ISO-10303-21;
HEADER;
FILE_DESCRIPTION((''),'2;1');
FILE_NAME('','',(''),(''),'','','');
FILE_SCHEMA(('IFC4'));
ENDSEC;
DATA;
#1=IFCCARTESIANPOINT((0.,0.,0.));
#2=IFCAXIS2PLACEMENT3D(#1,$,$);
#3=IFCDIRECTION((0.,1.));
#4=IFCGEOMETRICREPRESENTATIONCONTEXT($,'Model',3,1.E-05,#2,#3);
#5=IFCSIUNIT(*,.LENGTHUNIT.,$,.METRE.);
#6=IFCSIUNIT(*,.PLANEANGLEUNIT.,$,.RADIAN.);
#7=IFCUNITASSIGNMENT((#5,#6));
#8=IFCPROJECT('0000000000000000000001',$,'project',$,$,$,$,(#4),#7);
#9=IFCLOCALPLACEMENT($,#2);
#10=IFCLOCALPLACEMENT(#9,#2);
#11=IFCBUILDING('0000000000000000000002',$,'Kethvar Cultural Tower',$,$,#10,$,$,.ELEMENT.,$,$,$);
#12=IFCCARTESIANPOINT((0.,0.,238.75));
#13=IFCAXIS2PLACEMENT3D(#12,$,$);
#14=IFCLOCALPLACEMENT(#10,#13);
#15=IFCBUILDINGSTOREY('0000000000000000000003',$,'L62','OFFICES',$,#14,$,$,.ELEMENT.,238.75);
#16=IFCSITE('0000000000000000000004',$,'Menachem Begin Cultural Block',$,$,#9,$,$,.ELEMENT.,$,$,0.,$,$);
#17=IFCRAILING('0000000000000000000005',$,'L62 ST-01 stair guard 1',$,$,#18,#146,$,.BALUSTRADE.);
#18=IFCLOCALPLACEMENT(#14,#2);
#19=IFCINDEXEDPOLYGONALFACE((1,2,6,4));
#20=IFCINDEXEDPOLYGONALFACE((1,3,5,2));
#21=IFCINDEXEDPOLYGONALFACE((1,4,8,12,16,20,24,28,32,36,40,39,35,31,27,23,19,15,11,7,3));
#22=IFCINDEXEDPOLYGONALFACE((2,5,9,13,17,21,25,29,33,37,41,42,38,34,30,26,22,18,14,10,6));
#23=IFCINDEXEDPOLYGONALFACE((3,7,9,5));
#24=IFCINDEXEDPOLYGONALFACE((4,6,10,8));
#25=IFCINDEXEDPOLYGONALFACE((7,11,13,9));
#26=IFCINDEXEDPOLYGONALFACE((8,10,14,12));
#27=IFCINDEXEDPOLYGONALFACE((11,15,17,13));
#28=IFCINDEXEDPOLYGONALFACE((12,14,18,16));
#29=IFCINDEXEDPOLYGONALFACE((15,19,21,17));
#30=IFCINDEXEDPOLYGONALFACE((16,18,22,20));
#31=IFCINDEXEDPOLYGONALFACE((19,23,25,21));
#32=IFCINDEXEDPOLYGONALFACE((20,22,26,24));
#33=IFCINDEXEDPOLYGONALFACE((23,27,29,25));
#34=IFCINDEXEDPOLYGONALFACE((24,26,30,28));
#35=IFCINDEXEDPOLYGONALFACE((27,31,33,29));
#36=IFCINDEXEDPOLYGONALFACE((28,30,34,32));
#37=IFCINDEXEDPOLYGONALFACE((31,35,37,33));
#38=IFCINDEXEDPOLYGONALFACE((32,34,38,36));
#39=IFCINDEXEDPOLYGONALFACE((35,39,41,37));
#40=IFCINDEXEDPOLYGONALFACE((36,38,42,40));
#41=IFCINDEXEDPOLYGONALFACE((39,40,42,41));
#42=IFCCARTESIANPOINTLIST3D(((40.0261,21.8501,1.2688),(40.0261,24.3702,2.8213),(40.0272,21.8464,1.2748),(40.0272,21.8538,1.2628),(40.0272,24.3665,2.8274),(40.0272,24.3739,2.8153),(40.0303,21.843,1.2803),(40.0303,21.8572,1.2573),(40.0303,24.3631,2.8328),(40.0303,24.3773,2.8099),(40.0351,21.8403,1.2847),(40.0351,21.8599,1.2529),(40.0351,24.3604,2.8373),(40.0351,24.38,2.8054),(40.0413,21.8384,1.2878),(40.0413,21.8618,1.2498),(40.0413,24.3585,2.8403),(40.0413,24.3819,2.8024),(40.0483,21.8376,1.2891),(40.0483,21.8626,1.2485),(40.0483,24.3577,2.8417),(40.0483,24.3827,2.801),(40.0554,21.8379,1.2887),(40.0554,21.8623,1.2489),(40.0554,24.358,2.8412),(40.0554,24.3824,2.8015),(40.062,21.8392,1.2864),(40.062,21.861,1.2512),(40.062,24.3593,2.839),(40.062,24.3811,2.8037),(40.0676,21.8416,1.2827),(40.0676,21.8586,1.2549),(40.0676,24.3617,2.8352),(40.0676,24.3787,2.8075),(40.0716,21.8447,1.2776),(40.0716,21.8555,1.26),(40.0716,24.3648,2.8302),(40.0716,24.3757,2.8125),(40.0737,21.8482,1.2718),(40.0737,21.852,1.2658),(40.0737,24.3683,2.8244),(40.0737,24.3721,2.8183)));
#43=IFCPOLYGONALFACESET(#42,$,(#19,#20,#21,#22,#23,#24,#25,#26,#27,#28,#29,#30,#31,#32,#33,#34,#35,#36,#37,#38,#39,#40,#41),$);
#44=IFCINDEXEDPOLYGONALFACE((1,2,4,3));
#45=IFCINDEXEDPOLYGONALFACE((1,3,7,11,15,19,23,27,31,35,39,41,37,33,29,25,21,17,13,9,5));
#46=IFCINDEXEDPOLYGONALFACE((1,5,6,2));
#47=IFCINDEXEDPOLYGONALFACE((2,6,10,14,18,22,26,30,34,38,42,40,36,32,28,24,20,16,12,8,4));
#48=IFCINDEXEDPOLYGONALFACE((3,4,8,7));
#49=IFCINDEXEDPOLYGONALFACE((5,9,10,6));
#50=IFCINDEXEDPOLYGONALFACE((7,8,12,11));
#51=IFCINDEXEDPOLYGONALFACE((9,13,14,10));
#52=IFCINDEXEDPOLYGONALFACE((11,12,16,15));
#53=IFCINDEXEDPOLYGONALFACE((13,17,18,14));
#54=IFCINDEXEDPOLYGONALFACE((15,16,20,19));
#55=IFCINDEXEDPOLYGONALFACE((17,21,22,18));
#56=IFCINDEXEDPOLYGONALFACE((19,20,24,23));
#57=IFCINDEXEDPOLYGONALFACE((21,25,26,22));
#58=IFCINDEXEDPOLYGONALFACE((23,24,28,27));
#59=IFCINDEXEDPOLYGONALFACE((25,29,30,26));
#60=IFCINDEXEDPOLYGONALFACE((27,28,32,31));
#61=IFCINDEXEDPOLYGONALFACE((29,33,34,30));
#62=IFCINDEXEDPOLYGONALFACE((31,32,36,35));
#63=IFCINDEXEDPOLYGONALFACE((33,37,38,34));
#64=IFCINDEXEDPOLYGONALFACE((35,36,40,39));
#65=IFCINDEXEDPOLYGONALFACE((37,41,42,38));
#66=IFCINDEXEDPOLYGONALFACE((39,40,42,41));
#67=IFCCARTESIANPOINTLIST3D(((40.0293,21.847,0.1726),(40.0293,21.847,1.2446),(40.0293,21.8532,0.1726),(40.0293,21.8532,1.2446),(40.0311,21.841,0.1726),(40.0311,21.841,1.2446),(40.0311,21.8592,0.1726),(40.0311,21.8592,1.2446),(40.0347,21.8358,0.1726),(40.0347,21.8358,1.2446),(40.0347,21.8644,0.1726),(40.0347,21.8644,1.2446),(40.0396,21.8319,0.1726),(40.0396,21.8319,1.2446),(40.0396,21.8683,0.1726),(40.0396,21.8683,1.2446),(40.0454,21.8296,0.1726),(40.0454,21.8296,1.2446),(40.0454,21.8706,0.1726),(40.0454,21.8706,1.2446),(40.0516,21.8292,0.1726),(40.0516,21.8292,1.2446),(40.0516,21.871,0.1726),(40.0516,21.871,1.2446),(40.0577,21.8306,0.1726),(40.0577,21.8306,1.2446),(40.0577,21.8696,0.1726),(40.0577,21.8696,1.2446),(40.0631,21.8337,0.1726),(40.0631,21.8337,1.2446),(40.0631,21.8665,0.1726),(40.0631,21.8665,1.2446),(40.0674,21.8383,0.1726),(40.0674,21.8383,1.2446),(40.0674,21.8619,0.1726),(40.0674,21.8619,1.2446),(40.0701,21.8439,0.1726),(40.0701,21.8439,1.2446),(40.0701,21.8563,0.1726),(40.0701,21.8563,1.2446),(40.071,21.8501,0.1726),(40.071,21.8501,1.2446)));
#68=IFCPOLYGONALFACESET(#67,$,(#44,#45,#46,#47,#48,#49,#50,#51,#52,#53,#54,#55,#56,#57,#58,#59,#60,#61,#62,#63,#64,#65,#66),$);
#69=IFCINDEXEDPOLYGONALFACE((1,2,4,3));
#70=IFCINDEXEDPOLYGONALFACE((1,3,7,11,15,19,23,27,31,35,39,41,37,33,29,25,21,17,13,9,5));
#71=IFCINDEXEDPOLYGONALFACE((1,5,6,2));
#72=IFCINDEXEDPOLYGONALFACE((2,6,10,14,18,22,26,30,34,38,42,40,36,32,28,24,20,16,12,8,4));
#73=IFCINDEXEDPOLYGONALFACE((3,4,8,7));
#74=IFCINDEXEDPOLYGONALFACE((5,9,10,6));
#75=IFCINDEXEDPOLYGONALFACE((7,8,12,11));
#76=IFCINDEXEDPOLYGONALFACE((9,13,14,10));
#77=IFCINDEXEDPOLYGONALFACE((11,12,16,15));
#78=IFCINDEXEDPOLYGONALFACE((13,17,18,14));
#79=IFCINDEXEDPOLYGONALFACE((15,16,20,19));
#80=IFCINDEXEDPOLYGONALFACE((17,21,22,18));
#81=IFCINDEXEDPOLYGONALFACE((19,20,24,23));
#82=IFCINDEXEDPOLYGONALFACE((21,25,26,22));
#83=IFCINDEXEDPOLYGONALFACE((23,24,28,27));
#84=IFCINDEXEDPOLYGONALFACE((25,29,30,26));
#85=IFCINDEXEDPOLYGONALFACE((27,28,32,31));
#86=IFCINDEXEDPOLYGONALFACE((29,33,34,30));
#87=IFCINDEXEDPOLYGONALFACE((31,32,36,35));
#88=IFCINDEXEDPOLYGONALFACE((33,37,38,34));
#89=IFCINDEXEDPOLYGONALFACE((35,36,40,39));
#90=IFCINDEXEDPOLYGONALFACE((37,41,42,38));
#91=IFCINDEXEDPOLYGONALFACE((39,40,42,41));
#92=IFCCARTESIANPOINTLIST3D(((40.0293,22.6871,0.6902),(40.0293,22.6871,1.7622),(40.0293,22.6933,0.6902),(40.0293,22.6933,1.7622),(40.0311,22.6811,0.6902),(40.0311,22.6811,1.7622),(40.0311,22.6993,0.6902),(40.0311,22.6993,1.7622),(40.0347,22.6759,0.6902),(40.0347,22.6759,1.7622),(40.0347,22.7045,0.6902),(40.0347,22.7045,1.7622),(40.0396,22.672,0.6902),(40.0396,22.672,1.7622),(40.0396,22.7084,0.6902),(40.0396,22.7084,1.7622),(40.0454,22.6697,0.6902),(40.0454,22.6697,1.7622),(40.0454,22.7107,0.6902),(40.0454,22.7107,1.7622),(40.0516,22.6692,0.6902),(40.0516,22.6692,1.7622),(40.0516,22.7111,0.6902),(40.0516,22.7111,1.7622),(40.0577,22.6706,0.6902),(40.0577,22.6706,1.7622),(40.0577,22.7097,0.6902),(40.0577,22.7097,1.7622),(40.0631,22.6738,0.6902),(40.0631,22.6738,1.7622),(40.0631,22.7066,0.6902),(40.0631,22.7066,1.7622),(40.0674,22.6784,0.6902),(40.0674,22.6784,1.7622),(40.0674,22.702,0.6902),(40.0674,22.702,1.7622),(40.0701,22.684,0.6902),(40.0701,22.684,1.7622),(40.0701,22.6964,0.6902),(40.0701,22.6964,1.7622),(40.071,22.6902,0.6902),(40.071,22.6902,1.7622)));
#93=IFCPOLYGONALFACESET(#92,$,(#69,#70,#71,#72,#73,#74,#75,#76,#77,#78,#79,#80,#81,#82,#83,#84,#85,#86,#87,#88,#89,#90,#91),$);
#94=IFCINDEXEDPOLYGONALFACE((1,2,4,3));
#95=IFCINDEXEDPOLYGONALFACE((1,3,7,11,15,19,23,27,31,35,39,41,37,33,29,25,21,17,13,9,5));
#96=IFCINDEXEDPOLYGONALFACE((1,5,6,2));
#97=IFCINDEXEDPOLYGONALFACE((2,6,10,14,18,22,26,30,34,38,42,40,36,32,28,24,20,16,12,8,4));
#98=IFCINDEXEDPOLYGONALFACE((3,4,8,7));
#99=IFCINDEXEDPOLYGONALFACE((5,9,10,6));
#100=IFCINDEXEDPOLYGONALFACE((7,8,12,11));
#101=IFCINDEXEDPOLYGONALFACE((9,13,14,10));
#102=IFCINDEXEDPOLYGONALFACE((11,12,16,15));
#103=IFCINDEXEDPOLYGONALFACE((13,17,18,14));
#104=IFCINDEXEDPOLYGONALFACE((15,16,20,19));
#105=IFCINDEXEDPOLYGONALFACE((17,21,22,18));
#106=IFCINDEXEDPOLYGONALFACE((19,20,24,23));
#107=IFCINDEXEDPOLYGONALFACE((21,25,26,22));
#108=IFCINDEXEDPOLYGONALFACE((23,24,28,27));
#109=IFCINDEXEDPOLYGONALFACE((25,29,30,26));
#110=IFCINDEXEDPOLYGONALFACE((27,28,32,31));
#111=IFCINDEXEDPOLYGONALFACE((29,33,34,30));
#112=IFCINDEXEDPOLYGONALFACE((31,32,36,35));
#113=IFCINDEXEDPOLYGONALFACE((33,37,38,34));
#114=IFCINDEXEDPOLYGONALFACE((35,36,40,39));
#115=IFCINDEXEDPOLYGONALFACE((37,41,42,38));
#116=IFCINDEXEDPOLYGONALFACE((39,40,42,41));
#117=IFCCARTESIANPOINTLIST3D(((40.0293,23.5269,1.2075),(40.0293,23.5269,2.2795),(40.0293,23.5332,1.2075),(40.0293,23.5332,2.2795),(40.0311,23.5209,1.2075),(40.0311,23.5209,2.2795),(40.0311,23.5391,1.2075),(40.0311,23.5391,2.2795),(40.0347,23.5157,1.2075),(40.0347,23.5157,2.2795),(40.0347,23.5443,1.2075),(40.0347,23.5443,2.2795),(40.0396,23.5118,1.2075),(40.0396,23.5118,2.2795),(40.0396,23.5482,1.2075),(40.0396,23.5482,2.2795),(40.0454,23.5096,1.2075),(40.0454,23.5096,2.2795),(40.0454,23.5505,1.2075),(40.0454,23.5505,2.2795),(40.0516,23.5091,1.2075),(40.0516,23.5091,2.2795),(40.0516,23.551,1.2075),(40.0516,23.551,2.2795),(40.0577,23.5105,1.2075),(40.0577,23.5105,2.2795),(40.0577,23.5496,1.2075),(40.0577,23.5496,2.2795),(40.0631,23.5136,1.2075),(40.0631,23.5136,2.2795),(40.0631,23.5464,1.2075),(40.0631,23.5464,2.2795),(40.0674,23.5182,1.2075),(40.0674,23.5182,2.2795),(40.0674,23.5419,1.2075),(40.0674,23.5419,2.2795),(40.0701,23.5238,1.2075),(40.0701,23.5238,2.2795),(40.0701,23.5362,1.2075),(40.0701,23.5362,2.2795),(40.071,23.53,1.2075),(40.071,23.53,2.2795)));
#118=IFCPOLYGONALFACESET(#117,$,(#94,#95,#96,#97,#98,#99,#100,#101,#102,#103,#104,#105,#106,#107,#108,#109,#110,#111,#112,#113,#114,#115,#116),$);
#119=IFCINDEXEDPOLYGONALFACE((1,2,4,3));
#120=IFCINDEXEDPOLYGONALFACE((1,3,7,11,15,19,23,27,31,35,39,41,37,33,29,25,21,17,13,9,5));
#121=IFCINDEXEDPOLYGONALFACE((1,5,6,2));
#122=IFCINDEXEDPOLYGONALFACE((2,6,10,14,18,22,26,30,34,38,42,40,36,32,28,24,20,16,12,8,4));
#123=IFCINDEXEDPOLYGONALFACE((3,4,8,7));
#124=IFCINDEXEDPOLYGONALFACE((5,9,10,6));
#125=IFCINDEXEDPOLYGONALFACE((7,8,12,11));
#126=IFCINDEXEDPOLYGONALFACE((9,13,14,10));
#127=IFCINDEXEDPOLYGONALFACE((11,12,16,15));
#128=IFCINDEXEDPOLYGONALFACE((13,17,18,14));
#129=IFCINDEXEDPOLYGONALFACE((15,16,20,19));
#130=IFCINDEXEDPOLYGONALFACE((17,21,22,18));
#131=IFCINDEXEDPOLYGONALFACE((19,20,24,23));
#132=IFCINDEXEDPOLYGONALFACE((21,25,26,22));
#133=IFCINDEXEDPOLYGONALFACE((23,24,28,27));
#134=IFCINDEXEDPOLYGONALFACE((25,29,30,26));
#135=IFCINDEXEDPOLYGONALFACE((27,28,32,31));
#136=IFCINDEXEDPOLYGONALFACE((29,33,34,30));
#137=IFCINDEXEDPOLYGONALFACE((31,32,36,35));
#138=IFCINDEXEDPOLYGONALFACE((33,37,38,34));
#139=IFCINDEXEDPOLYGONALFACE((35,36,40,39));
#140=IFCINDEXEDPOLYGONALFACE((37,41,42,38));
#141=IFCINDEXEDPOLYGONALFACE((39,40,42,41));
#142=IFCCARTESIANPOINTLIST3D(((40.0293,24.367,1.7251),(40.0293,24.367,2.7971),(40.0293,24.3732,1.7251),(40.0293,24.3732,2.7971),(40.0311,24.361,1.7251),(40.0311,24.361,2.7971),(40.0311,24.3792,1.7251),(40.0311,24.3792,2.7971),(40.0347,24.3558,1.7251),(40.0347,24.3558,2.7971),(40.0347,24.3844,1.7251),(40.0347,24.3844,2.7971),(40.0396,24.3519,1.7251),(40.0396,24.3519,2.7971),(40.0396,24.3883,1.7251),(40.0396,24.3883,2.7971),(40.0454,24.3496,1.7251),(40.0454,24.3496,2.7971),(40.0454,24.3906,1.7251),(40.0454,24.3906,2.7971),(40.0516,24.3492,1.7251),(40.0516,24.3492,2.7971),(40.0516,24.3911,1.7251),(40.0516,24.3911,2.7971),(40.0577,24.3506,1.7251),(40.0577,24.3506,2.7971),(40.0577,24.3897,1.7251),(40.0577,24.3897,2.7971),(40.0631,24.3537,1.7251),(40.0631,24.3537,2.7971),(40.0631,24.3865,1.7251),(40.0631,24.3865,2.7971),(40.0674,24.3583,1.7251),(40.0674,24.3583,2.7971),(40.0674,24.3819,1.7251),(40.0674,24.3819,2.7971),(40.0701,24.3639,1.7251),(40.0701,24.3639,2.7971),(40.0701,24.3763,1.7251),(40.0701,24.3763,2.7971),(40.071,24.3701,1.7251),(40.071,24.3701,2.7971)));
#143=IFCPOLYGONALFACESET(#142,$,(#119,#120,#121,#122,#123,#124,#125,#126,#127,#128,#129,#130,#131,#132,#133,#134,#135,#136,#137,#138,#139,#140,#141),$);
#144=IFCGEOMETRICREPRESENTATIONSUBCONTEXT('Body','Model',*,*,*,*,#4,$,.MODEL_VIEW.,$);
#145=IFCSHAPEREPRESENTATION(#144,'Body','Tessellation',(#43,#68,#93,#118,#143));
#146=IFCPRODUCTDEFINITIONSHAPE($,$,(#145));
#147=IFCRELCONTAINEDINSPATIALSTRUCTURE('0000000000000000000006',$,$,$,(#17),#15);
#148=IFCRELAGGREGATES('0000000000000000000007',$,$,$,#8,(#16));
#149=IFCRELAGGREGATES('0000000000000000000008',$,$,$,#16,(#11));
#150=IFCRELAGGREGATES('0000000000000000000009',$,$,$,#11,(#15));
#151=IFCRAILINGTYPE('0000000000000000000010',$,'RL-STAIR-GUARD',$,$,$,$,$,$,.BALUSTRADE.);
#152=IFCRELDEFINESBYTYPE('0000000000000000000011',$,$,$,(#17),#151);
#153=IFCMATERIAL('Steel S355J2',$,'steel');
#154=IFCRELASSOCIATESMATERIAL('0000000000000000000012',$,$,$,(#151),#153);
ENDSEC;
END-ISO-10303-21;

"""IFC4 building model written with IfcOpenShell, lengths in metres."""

from ifc_helpers import new_model, si_unit, direction, frame, origin, origin_2d, place, context, subcontext, project, spatial, circle, extrude, material, type_object, element, save


model = new_model("IFC4")

# Units and contexts
model_context = context("Model", 3, precision=1e-05, world=origin(), true_north=direction((0.0, 1.0)))
body_context = subcontext(model_context, "Body", "Model", "MODEL_VIEW")
ifc_project = project(units=[si_unit("LENGTHUNIT", "METRE"), si_unit("PLANEANGLEUNIT", "RADIAN")], contexts=[model_context])

# Site, building, storey
site_placement = place(None, origin())
site = spatial("IfcSite", under=ifc_project, at=site_placement, Name="Menachem Begin Cultural Block", CompositionType="ELEMENT", RefElevation=0.0)
building_placement = place(site_placement, origin())
building = spatial("IfcBuilding", under=site, at=building_placement, Name="Kethvar Cultural Tower", CompositionType="ELEMENT")
storey_placement = place(building_placement, frame((0.0, 0.0, 238.75)))
storey = spatial("IfcBuildingStorey", under=building, at=storey_placement, Name="L62", Description="OFFICES", CompositionType="ELEMENT", Elevation=238.75)

# Shared definitions
ifc_material_1 = material(Name="Steel S355J2", Category="steel")

# Railing
railing_type_1 = type_object("IfcRailingType", Name="RL-STAIR-GUARD", PredefinedType="BALUSTRADE", material=ifc_material_1)
railing_1_placement = place(storey_placement, frame((40.05, 21.8501, 0.1726)))
element("IfcRailing", 1, at=railing_1_placement, inside=storey, type_object=railing_type_1, Name="L62 ST-01 stair guard 1", PredefinedType="BALUSTRADE", context=body_context, shape_type="SweptSolid", body=[
    extrude(circle(Radius=0.0239, at=origin_2d()), frame((0.0, 0.0, 1.0962), z_axis=(0.0, 0.8514, 0.524516), x_axis=(-1.0, 0.0, 0.0)), (0.0, 0.0, 1.0), 2.96),
    extrude(circle(Radius=0.021, at=origin_2d()), origin(), (0.0, 0.0, 1.0), 1.072),
    extrude(circle(Radius=0.021, at=origin_2d()), frame((0.0, 0.8401, 0.5176)), (0.0, 0.0, 1.0), 1.072),
    extrude(circle(Radius=0.021, at=origin_2d()), frame((0.0, 1.6799, 1.0349)), (0.0, 0.0, 1.0), 1.072),
    extrude(circle(Radius=0.021, at=origin_2d()), frame((0.0, 2.52, 1.5525)), (0.0, 0.0, 1.0), 1.072),
])

save(model, "model.ifc")
